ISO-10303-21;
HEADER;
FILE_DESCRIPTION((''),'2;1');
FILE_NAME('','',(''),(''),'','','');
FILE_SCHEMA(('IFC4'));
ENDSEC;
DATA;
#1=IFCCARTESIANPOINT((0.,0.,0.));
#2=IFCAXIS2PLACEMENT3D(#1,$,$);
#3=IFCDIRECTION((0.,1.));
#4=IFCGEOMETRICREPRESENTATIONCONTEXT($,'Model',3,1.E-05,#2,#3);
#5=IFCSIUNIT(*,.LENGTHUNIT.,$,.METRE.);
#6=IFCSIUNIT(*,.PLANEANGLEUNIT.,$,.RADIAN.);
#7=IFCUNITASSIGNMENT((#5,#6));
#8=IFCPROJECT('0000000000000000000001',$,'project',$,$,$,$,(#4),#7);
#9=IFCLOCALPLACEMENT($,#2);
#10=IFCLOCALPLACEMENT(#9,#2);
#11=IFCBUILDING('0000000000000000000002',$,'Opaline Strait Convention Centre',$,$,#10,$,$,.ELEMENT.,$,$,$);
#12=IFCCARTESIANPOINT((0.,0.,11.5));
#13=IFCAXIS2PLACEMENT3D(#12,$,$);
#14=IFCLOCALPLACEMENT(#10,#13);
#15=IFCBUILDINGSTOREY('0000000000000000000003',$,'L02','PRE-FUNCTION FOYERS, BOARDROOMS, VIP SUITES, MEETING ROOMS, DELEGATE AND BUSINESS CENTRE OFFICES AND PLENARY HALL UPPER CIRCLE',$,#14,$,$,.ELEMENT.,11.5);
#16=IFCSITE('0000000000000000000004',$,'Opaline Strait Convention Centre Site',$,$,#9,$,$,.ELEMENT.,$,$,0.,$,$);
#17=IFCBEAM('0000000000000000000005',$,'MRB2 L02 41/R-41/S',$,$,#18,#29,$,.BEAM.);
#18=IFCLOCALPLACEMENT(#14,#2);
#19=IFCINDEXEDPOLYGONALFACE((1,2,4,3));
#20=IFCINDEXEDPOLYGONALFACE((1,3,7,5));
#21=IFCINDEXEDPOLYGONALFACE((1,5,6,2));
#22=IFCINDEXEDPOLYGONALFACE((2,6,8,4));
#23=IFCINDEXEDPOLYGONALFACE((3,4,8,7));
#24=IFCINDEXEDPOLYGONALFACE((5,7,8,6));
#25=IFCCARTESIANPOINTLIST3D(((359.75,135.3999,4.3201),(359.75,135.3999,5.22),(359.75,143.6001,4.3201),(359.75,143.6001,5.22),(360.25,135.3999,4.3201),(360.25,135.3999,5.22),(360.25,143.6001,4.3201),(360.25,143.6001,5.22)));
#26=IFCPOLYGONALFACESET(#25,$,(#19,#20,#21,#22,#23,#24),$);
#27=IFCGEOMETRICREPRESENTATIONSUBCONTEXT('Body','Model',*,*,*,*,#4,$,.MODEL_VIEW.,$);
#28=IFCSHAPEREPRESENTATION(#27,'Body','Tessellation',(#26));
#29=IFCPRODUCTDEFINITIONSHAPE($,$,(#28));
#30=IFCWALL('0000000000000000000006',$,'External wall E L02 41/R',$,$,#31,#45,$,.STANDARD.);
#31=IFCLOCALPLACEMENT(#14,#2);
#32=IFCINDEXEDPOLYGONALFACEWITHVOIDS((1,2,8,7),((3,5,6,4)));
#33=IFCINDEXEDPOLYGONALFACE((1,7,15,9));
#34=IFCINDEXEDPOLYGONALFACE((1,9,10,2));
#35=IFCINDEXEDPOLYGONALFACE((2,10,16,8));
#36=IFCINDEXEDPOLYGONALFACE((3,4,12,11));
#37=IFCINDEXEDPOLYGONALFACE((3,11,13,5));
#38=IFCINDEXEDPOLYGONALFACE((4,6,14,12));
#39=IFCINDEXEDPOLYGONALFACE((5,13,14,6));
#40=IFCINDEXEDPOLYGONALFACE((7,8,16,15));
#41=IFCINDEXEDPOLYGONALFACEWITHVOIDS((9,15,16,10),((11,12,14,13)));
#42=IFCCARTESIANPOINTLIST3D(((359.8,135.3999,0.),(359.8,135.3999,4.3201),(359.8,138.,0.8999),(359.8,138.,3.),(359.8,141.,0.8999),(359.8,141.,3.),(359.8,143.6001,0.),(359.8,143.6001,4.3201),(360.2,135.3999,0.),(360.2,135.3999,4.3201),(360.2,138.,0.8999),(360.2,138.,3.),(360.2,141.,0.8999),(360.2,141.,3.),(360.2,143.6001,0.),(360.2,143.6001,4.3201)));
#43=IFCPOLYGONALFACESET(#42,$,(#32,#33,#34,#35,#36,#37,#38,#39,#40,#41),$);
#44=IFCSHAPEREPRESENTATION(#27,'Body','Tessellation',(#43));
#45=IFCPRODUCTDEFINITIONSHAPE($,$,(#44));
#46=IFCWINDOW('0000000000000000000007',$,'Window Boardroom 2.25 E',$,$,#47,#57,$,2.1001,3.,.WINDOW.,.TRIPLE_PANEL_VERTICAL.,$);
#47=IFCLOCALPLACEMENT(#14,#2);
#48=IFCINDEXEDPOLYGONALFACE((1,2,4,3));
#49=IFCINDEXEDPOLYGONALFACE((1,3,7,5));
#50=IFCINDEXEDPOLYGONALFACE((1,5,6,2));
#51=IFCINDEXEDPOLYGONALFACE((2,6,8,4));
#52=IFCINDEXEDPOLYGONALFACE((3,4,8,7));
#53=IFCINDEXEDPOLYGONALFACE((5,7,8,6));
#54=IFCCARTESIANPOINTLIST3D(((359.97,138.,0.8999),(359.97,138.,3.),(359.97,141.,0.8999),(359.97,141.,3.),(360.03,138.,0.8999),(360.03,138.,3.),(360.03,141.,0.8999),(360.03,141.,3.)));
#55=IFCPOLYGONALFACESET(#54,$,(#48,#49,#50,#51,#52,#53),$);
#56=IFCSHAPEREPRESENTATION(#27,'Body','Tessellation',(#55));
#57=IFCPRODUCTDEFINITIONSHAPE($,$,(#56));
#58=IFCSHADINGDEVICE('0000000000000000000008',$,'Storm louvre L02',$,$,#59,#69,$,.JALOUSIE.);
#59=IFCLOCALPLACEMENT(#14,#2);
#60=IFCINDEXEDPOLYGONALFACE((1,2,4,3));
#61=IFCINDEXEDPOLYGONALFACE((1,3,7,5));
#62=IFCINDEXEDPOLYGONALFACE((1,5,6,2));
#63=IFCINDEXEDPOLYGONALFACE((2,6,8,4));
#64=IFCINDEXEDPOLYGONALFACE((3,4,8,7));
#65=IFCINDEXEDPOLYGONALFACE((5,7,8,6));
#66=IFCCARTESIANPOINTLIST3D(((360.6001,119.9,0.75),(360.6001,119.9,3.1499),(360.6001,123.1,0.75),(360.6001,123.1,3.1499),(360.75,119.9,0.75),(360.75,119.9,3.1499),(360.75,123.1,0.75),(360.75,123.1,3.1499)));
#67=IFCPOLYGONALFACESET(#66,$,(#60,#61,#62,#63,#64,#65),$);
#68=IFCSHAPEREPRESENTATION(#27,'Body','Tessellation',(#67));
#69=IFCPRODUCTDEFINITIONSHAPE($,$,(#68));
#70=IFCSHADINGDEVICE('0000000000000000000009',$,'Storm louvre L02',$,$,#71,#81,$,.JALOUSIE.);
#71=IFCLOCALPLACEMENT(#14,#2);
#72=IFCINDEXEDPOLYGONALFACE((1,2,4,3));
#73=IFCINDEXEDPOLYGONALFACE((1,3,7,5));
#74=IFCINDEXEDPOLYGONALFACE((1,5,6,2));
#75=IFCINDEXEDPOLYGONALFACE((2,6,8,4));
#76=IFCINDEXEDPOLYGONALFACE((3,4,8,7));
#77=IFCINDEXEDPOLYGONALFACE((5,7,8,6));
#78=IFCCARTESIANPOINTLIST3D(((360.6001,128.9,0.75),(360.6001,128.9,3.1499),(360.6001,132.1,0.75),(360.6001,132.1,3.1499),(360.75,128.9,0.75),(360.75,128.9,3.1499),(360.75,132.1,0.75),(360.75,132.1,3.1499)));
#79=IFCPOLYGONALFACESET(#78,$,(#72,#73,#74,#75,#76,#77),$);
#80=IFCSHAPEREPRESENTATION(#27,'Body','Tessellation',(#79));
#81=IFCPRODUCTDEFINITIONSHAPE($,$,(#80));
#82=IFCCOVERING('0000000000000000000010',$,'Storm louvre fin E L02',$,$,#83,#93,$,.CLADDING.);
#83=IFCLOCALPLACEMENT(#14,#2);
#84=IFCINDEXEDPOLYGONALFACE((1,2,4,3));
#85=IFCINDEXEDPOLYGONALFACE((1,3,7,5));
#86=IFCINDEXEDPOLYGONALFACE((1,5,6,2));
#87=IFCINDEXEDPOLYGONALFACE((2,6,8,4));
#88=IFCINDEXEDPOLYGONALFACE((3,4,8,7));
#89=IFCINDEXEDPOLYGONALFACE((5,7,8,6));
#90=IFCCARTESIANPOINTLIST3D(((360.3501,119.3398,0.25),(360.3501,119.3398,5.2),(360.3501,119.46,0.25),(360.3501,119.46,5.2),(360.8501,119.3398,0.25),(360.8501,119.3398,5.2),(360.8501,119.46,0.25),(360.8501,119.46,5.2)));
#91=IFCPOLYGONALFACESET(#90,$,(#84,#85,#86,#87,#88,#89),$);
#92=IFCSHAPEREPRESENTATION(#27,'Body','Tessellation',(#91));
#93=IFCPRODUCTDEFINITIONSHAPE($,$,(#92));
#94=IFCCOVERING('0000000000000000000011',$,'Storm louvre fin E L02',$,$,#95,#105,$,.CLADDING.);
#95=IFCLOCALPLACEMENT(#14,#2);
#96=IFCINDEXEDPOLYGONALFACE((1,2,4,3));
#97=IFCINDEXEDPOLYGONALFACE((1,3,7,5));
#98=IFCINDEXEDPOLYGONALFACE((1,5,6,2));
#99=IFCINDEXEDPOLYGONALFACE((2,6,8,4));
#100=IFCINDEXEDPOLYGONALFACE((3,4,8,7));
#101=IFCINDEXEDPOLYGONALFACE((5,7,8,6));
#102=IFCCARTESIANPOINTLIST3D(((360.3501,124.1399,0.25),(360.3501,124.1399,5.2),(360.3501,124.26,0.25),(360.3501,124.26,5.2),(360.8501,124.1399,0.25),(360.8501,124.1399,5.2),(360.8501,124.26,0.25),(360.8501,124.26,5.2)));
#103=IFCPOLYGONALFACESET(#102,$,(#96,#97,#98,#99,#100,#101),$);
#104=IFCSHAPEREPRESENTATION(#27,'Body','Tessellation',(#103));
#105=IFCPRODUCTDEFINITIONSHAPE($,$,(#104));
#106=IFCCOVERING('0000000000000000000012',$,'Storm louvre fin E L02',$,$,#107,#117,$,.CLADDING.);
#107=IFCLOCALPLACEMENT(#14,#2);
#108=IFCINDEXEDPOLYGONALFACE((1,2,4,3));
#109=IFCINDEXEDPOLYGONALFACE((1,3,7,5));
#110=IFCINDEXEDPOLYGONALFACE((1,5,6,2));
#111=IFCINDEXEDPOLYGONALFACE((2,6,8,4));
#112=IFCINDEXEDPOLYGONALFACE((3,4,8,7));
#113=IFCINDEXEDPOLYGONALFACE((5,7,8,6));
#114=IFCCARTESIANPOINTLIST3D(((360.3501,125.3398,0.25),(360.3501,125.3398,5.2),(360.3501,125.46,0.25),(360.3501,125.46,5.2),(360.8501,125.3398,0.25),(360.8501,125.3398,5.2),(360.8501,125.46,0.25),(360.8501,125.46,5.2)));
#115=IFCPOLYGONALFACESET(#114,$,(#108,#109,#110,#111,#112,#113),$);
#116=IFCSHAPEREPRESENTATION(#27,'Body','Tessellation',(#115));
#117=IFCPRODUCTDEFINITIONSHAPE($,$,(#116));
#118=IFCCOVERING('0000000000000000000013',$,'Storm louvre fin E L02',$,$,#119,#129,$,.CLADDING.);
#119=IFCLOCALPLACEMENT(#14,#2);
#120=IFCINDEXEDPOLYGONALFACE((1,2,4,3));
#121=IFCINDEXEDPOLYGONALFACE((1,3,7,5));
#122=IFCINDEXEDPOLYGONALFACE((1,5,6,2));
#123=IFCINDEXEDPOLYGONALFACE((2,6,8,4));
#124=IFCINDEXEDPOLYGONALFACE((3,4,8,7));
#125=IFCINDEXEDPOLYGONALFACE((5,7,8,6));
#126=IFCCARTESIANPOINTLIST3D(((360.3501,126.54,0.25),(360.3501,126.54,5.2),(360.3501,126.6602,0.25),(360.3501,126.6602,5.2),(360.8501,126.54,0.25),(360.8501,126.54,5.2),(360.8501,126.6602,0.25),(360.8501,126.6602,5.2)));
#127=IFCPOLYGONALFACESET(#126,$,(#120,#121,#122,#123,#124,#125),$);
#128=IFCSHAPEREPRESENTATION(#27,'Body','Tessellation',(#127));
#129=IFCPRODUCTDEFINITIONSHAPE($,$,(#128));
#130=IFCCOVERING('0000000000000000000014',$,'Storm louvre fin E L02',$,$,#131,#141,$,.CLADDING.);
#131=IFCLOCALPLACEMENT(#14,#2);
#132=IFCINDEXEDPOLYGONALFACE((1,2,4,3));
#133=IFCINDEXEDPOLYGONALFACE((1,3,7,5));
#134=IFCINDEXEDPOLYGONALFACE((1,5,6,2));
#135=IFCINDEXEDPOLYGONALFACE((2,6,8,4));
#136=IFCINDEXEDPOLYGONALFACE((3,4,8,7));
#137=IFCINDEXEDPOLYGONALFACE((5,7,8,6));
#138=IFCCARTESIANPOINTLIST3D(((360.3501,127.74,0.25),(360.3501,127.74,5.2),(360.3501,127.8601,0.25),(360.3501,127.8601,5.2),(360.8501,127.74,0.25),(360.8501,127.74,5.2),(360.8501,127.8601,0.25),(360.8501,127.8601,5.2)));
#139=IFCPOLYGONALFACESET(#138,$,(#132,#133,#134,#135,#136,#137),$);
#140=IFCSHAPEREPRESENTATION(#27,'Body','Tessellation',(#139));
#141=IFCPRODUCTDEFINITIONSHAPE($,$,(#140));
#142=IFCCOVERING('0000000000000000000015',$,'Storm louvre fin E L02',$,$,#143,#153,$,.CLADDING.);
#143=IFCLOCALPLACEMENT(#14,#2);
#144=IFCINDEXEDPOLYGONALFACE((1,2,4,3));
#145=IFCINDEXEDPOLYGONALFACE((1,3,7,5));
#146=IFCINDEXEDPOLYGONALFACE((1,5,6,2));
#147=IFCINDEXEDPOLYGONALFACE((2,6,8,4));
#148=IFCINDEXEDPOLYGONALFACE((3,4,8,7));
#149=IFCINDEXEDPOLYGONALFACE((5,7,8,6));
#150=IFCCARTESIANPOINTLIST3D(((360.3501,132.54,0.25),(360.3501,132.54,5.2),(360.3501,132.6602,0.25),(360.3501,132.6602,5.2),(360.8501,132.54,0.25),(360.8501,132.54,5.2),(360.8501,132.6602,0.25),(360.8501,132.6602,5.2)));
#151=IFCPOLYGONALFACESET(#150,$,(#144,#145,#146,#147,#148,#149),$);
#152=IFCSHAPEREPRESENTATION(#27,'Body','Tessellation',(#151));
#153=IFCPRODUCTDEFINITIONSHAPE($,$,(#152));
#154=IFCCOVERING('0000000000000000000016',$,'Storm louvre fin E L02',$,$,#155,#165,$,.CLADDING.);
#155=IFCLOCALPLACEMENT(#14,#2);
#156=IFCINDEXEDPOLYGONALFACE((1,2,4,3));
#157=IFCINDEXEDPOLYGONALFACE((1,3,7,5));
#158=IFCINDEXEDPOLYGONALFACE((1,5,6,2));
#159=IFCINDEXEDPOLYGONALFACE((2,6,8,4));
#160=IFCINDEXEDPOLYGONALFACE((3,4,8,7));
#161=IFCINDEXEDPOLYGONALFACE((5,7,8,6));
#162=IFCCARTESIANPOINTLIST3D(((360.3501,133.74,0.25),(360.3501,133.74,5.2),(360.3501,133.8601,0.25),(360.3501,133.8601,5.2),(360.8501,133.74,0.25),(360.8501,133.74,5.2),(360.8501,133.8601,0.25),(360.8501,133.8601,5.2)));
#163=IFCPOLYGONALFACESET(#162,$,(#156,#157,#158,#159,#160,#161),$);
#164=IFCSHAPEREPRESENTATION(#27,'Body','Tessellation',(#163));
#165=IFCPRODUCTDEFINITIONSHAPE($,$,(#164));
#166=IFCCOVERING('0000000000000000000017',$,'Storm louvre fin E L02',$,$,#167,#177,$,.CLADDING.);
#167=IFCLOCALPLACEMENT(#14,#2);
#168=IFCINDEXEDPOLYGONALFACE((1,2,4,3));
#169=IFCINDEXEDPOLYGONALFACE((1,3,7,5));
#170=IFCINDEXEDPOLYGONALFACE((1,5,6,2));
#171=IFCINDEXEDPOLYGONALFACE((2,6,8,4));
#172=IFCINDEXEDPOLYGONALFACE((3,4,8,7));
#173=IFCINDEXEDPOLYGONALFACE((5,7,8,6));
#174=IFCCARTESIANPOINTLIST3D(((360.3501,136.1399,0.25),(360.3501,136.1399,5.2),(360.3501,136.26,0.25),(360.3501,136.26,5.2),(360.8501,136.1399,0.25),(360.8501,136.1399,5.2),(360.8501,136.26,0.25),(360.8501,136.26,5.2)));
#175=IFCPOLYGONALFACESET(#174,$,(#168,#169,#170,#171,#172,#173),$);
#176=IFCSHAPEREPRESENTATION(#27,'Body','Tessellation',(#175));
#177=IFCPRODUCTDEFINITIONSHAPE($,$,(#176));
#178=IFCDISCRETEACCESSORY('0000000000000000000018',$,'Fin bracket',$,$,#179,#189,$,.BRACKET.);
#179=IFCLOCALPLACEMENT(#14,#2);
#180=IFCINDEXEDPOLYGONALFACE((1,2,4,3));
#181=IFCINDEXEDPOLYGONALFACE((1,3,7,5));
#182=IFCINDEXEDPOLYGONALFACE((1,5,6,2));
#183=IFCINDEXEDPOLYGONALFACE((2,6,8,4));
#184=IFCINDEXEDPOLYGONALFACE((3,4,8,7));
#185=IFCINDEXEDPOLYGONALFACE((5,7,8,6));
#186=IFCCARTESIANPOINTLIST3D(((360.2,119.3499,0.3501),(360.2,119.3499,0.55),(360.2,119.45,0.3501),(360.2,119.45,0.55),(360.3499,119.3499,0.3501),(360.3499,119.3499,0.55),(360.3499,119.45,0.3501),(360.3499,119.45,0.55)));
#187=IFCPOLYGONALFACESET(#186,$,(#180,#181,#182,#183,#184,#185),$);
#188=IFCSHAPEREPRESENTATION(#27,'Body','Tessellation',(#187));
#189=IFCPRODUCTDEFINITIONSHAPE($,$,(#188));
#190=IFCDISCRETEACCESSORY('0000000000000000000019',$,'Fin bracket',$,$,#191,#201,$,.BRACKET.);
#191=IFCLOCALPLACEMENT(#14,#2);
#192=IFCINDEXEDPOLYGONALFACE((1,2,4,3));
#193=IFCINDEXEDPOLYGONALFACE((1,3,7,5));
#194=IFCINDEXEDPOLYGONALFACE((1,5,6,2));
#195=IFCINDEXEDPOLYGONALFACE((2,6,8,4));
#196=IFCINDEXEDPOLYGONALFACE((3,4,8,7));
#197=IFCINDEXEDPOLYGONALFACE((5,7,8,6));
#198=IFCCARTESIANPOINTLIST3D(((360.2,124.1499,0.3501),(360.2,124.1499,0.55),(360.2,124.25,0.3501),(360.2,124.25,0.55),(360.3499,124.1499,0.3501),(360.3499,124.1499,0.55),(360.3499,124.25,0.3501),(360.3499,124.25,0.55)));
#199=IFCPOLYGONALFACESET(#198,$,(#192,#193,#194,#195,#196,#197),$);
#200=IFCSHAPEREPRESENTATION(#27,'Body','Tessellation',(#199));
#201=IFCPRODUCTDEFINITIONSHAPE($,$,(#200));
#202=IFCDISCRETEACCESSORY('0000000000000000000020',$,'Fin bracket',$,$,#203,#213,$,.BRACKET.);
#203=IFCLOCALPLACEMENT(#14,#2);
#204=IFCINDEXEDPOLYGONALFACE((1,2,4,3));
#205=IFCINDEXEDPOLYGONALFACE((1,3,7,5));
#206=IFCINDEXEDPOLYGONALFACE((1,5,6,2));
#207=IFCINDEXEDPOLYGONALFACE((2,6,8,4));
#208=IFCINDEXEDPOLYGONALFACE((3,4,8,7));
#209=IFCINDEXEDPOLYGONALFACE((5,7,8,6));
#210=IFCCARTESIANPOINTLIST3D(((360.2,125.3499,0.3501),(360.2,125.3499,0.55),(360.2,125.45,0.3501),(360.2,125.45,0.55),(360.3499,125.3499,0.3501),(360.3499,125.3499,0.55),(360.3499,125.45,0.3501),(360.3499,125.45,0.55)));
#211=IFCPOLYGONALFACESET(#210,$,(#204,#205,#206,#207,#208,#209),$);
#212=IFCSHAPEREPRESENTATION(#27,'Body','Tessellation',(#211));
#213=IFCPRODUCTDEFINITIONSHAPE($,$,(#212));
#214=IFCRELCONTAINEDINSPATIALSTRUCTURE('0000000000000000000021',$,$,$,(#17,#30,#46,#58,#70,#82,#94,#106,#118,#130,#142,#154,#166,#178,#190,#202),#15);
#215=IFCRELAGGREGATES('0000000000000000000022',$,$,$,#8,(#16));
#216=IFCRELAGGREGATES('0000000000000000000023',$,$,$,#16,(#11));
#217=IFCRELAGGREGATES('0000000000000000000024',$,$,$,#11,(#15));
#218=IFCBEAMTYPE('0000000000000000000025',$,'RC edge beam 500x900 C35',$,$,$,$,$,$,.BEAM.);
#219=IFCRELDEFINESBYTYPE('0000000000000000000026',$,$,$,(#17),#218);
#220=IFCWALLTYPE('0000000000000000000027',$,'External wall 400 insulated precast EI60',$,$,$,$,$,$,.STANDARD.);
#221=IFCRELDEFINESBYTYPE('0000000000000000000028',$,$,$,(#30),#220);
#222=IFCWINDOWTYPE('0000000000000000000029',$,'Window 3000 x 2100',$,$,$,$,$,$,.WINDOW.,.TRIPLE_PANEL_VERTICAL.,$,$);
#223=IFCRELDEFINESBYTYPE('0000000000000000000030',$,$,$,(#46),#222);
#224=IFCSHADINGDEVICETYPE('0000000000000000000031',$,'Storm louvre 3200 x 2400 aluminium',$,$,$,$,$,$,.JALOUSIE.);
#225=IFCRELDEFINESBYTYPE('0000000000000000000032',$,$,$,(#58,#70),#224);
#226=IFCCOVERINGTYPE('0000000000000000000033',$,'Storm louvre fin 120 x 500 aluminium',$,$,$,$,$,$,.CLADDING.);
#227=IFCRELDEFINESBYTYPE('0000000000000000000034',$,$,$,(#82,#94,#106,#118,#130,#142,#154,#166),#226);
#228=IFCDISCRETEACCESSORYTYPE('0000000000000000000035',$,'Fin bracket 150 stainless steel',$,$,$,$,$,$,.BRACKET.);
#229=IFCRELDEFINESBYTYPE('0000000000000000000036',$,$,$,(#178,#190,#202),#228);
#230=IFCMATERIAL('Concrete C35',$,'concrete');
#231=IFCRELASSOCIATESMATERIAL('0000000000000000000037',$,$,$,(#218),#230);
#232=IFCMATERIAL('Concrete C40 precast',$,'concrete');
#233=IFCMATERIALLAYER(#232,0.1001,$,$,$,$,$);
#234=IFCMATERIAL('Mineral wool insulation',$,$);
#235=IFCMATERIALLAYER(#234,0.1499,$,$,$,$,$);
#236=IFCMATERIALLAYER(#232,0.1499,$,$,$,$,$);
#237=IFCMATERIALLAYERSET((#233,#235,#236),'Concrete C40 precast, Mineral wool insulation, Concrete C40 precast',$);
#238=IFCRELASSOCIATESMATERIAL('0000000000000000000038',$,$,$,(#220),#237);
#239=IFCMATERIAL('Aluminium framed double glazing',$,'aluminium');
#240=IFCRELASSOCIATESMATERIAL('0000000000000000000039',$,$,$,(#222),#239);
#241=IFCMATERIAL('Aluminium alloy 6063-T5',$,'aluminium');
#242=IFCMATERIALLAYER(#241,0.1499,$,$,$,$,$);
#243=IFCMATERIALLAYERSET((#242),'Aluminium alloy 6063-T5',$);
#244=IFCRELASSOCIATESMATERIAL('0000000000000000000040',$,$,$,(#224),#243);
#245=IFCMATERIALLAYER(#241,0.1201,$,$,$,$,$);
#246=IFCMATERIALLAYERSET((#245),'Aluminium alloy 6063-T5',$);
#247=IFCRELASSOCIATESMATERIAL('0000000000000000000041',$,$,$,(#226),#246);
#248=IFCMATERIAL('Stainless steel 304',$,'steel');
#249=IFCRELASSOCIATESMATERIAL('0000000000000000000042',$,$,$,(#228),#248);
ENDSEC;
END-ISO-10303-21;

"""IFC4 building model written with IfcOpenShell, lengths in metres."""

from ifc_helpers import new_model, si_unit, direction, frame, frame_2d, origin, origin_2d, place, context, subcontext, project, spatial, rectangle, extrude, material, layer, layer_set, material_profile, profile_set, type_object, element, fill, save


model = new_model("IFC4")

# Units and contexts
model_context = context("Model", 3, precision=1e-05, world=origin(), true_north=direction((0.0, 1.0)))
body_context = subcontext(model_context, "Body", "Model", "MODEL_VIEW")
ifc_project = project(units=[si_unit("LENGTHUNIT", "METRE"), si_unit("PLANEANGLEUNIT", "RADIAN")], contexts=[model_context])

# Site, building, storey
site_placement = place(None, origin())
site = spatial("IfcSite", under=ifc_project, at=site_placement, Name="Opaline Strait Convention Centre Site", CompositionType="ELEMENT", RefElevation=0.0)
building_placement = place(site_placement, origin())
building = spatial("IfcBuilding", under=site, at=building_placement, Name="Opaline Strait Convention Centre", CompositionType="ELEMENT")
storey_placement = place(building_placement, frame((0.0, 0.0, 11.5)))
storey = spatial("IfcBuildingStorey", under=building, at=storey_placement, Name="L02", Description="PRE-FUNCTION FOYERS, BOARDROOMS, VIP SUITES, MEETING ROOMS, DELEGATE AND BUSINESS CENTRE OFFICES AND PLENARY HALL UPPER CIRCLE", CompositionType="ELEMENT", Elevation=11.5)

# Beam
ifc_material_1 = material(Name="Concrete C35", Category="concrete")
ifc_material_profile = material_profile(ifc_material_1, rectangle(XDim=0.5, YDim=0.8999, at=origin_2d()), Name="RC 500x900")
ifc_profile_set = profile_set([ifc_material_profile], Name="Concrete C35")
beam_type = type_object("IfcBeamType", Name="RC edge beam 500x900 C35", PredefinedType="BEAM", material=ifc_profile_set)
beam_placement = place(storey_placement, frame((360.0, 135.3999, 4.77), z_axis=(0.0, 1.0, 0.0), x_axis=(-1.0, 0.0, 0.0)))
element("IfcBeam", 1, at=beam_placement, inside=storey, type_object=beam_type, Name="MRB2 L02 41/R-41/S", PredefinedType="BEAM", context=body_context, shape_type="SweptSolid", body=[
    extrude(rectangle(XDim=0.5, YDim=0.8999, at=origin_2d()), origin(), (0.0, 0.0, 1.0), 8.2002),
])

# Wall, opening, window
ifc_material_2 = material(Name="Concrete C40 precast", Category="concrete")
ifc_layer_1 = layer(ifc_material_2, 0.1001)
ifc_material_3 = material(Name="Mineral wool insulation")
ifc_layer_2 = layer(ifc_material_3, 0.1499)
ifc_layer_3 = layer(ifc_material_2, 0.1499)
ifc_layer_set_1 = layer_set([ifc_layer_1, ifc_layer_2, ifc_layer_3], Name="Concrete C40 precast, Mineral wool insulation, Concrete C40 precast")
wall_type = type_object("IfcWallType", Name="External wall 400 insulated precast EI60", PredefinedType="STANDARD", material=ifc_layer_set_1)
wall_placement = place(storey_placement, frame((360.0, 135.3999, 0.0), z_axis=(0.0, 0.0, 1.0), x_axis=(0.0, 1.0, 0.0)))
wall = element("IfcWall", 2, at=wall_placement, inside=storey, type_object=wall_type, Name="External wall E L02 41/R", PredefinedType="STANDARD", context=body_context, shape_type="SweptSolid", body=[
    extrude(rectangle(XDim=8.2002, YDim=0.3999, at=frame_2d((4.1001, 0.0))), origin(), (0.0, 0.0, 1.0), 4.3201),
])
opening_placement = place(wall_placement, frame((2.6001, 0.0, 0.8999)))
opening = element("IfcOpeningElement", 3, at=opening_placement, cuts=wall, PredefinedType="OPENING", context=body_context, shape_type="SweptSolid", body=[
    extrude(rectangle(XDim=3.0, YDim=2.1001, at=frame_2d((1.5, 1.05))), frame((0.0, 0.21, 0.0), z_axis=(0.0, -1.0, 0.0), x_axis=(1.0, 0.0, 0.0)), (0.0, 0.0, 1.0), 0.4199),
])
ifc_material_4 = material(Name="Aluminium framed double glazing", Category="aluminium")
window_type = type_object("IfcWindowType", Name="Window 3000 x 2100", PartitioningType="TRIPLE_PANEL_VERTICAL", PredefinedType="WINDOW", material=ifc_material_4)
window_placement = place(opening_placement, origin())
window = element("IfcWindow", 4, at=window_placement, inside=storey, type_object=window_type, Name="Window Boardroom 2.25 E", OverallHeight=2.1001, OverallWidth=3.0, PartitioningType="TRIPLE_PANEL_VERTICAL", PredefinedType="WINDOW", context=body_context, shape_type="SweptSolid", body=[
    extrude(rectangle(XDim=3.0, YDim=2.1001, at=frame_2d((1.5, 1.05))), frame((0.0, 0.03, 0.0), z_axis=(0.0, -1.0, 0.0), x_axis=(1.0, 0.0, 0.0)), (0.0, 0.0, 1.0), 0.0601),
])
fill(opening, window)

# Shading devices
ifc_material_5 = material(Name="Aluminium alloy 6063-T5", Category="aluminium")
ifc_layer_4 = layer(ifc_material_5, 0.1499)
ifc_layer_set_2 = layer_set([ifc_layer_4], Name="Aluminium alloy 6063-T5")
shading_device_type = type_object("IfcShadingDeviceType", Name="Storm louvre 3200 x 2400 aluminium", PredefinedType="JALOUSIE", material=ifc_layer_set_2)
for number, where, z_axis, x_axis, name in (
    (5, (360.675, 121.5, 0.75), (0.0, 0.0, 1.0), (1.0, 0.0, 0.0), "Storm louvre L02"),
    (6, (360.675, 130.5, 0.75), (0.0, 0.0, 1.0), (1.0, 0.0, 0.0), "Storm louvre L02"),
):
    element("IfcShadingDevice", number, at=place(storey_placement, frame(where, z_axis=z_axis, x_axis=x_axis)), inside=storey, type_object=shading_device_type, Name=name, PredefinedType="JALOUSIE", context=body_context, shape_type="SweptSolid", body=[
        extrude(rectangle(XDim=0.1499, YDim=3.2, at=origin_2d()), origin(), (0.0, 0.0, 1.0), 2.3999),
    ])

# Coverings
ifc_layer_5 = layer(ifc_material_5, 0.1201)
ifc_layer_set_3 = layer_set([ifc_layer_5], Name="Aluminium alloy 6063-T5")
covering_type = type_object("IfcCoveringType", Name="Storm louvre fin 120 x 500 aluminium", PredefinedType="CLADDING", material=ifc_layer_set_3)
for number, where, z_axis, x_axis, name in (
    (7, (360.6001, 119.3999, 0.25), (0.0, 0.0, 1.0), (1.0, 0.0, 0.0), "Storm louvre fin E L02"),
    (8, (360.6001, 124.2, 0.25), (0.0, 0.0, 1.0), (1.0, 0.0, 0.0), "Storm louvre fin E L02"),
    (9, (360.6001, 125.3999, 0.25), (0.0, 0.0, 1.0), (1.0, 0.0, 0.0), "Storm louvre fin E L02"),
    (10, (360.6001, 126.6001, 0.25), (0.0, 0.0, 1.0), (1.0, 0.0, 0.0), "Storm louvre fin E L02"),
    (11, (360.6001, 127.8, 0.25), (0.0, 0.0, 1.0), (1.0, 0.0, 0.0), "Storm louvre fin E L02"),
    (12, (360.6001, 132.6001, 0.25), (0.0, 0.0, 1.0), (1.0, 0.0, 0.0), "Storm louvre fin E L02"),
    (13, (360.6001, 133.8, 0.25), (0.0, 0.0, 1.0), (1.0, 0.0, 0.0), "Storm louvre fin E L02"),
    (14, (360.6001, 136.2, 0.25), (0.0, 0.0, 1.0), (1.0, 0.0, 0.0), "Storm louvre fin E L02"),
):
    element("IfcCovering", number, at=place(storey_placement, frame(where, z_axis=z_axis, x_axis=x_axis)), inside=storey, type_object=covering_type, Name=name, PredefinedType="CLADDING", context=body_context, shape_type="SweptSolid", body=[
        extrude(rectangle(XDim=0.5, YDim=0.1201, at=origin_2d()), origin(), (0.0, 0.0, 1.0), 4.95),
    ])

# Discrete accessories
ifc_material_6 = material(Name="Stainless steel 304", Category="steel")
discrete_accessory_type_1 = type_object("IfcDiscreteAccessoryType", Name="Fin bracket 150 stainless steel", PredefinedType="BRACKET", material=ifc_material_6)
for number, where, z_axis, x_axis, name in (
    (15, (360.2749, 119.3999, 0.3501), (0.0, 0.0, 1.0), (1.0, 0.0, 0.0), "Fin bracket"),
    (16, (360.2749, 124.2, 0.3501), (0.0, 0.0, 1.0), (1.0, 0.0, 0.0), "Fin bracket"),
    (17, (360.2749, 125.3999, 0.3501), (0.0, 0.0, 1.0), (1.0, 0.0, 0.0), "Fin bracket"),
):
    element("IfcDiscreteAccessory", number, at=place(storey_placement, frame(where, z_axis=z_axis, x_axis=x_axis)), inside=storey, type_object=discrete_accessory_type_1, Name=name, PredefinedType="BRACKET", context=body_context, shape_type="SweptSolid", body=[
        extrude(rectangle(XDim=0.1499, YDim=0.1001, at=origin_2d()), origin(), (0.0, 0.0, 1.0), 0.2),
    ])

save(model, "model.ifc")
